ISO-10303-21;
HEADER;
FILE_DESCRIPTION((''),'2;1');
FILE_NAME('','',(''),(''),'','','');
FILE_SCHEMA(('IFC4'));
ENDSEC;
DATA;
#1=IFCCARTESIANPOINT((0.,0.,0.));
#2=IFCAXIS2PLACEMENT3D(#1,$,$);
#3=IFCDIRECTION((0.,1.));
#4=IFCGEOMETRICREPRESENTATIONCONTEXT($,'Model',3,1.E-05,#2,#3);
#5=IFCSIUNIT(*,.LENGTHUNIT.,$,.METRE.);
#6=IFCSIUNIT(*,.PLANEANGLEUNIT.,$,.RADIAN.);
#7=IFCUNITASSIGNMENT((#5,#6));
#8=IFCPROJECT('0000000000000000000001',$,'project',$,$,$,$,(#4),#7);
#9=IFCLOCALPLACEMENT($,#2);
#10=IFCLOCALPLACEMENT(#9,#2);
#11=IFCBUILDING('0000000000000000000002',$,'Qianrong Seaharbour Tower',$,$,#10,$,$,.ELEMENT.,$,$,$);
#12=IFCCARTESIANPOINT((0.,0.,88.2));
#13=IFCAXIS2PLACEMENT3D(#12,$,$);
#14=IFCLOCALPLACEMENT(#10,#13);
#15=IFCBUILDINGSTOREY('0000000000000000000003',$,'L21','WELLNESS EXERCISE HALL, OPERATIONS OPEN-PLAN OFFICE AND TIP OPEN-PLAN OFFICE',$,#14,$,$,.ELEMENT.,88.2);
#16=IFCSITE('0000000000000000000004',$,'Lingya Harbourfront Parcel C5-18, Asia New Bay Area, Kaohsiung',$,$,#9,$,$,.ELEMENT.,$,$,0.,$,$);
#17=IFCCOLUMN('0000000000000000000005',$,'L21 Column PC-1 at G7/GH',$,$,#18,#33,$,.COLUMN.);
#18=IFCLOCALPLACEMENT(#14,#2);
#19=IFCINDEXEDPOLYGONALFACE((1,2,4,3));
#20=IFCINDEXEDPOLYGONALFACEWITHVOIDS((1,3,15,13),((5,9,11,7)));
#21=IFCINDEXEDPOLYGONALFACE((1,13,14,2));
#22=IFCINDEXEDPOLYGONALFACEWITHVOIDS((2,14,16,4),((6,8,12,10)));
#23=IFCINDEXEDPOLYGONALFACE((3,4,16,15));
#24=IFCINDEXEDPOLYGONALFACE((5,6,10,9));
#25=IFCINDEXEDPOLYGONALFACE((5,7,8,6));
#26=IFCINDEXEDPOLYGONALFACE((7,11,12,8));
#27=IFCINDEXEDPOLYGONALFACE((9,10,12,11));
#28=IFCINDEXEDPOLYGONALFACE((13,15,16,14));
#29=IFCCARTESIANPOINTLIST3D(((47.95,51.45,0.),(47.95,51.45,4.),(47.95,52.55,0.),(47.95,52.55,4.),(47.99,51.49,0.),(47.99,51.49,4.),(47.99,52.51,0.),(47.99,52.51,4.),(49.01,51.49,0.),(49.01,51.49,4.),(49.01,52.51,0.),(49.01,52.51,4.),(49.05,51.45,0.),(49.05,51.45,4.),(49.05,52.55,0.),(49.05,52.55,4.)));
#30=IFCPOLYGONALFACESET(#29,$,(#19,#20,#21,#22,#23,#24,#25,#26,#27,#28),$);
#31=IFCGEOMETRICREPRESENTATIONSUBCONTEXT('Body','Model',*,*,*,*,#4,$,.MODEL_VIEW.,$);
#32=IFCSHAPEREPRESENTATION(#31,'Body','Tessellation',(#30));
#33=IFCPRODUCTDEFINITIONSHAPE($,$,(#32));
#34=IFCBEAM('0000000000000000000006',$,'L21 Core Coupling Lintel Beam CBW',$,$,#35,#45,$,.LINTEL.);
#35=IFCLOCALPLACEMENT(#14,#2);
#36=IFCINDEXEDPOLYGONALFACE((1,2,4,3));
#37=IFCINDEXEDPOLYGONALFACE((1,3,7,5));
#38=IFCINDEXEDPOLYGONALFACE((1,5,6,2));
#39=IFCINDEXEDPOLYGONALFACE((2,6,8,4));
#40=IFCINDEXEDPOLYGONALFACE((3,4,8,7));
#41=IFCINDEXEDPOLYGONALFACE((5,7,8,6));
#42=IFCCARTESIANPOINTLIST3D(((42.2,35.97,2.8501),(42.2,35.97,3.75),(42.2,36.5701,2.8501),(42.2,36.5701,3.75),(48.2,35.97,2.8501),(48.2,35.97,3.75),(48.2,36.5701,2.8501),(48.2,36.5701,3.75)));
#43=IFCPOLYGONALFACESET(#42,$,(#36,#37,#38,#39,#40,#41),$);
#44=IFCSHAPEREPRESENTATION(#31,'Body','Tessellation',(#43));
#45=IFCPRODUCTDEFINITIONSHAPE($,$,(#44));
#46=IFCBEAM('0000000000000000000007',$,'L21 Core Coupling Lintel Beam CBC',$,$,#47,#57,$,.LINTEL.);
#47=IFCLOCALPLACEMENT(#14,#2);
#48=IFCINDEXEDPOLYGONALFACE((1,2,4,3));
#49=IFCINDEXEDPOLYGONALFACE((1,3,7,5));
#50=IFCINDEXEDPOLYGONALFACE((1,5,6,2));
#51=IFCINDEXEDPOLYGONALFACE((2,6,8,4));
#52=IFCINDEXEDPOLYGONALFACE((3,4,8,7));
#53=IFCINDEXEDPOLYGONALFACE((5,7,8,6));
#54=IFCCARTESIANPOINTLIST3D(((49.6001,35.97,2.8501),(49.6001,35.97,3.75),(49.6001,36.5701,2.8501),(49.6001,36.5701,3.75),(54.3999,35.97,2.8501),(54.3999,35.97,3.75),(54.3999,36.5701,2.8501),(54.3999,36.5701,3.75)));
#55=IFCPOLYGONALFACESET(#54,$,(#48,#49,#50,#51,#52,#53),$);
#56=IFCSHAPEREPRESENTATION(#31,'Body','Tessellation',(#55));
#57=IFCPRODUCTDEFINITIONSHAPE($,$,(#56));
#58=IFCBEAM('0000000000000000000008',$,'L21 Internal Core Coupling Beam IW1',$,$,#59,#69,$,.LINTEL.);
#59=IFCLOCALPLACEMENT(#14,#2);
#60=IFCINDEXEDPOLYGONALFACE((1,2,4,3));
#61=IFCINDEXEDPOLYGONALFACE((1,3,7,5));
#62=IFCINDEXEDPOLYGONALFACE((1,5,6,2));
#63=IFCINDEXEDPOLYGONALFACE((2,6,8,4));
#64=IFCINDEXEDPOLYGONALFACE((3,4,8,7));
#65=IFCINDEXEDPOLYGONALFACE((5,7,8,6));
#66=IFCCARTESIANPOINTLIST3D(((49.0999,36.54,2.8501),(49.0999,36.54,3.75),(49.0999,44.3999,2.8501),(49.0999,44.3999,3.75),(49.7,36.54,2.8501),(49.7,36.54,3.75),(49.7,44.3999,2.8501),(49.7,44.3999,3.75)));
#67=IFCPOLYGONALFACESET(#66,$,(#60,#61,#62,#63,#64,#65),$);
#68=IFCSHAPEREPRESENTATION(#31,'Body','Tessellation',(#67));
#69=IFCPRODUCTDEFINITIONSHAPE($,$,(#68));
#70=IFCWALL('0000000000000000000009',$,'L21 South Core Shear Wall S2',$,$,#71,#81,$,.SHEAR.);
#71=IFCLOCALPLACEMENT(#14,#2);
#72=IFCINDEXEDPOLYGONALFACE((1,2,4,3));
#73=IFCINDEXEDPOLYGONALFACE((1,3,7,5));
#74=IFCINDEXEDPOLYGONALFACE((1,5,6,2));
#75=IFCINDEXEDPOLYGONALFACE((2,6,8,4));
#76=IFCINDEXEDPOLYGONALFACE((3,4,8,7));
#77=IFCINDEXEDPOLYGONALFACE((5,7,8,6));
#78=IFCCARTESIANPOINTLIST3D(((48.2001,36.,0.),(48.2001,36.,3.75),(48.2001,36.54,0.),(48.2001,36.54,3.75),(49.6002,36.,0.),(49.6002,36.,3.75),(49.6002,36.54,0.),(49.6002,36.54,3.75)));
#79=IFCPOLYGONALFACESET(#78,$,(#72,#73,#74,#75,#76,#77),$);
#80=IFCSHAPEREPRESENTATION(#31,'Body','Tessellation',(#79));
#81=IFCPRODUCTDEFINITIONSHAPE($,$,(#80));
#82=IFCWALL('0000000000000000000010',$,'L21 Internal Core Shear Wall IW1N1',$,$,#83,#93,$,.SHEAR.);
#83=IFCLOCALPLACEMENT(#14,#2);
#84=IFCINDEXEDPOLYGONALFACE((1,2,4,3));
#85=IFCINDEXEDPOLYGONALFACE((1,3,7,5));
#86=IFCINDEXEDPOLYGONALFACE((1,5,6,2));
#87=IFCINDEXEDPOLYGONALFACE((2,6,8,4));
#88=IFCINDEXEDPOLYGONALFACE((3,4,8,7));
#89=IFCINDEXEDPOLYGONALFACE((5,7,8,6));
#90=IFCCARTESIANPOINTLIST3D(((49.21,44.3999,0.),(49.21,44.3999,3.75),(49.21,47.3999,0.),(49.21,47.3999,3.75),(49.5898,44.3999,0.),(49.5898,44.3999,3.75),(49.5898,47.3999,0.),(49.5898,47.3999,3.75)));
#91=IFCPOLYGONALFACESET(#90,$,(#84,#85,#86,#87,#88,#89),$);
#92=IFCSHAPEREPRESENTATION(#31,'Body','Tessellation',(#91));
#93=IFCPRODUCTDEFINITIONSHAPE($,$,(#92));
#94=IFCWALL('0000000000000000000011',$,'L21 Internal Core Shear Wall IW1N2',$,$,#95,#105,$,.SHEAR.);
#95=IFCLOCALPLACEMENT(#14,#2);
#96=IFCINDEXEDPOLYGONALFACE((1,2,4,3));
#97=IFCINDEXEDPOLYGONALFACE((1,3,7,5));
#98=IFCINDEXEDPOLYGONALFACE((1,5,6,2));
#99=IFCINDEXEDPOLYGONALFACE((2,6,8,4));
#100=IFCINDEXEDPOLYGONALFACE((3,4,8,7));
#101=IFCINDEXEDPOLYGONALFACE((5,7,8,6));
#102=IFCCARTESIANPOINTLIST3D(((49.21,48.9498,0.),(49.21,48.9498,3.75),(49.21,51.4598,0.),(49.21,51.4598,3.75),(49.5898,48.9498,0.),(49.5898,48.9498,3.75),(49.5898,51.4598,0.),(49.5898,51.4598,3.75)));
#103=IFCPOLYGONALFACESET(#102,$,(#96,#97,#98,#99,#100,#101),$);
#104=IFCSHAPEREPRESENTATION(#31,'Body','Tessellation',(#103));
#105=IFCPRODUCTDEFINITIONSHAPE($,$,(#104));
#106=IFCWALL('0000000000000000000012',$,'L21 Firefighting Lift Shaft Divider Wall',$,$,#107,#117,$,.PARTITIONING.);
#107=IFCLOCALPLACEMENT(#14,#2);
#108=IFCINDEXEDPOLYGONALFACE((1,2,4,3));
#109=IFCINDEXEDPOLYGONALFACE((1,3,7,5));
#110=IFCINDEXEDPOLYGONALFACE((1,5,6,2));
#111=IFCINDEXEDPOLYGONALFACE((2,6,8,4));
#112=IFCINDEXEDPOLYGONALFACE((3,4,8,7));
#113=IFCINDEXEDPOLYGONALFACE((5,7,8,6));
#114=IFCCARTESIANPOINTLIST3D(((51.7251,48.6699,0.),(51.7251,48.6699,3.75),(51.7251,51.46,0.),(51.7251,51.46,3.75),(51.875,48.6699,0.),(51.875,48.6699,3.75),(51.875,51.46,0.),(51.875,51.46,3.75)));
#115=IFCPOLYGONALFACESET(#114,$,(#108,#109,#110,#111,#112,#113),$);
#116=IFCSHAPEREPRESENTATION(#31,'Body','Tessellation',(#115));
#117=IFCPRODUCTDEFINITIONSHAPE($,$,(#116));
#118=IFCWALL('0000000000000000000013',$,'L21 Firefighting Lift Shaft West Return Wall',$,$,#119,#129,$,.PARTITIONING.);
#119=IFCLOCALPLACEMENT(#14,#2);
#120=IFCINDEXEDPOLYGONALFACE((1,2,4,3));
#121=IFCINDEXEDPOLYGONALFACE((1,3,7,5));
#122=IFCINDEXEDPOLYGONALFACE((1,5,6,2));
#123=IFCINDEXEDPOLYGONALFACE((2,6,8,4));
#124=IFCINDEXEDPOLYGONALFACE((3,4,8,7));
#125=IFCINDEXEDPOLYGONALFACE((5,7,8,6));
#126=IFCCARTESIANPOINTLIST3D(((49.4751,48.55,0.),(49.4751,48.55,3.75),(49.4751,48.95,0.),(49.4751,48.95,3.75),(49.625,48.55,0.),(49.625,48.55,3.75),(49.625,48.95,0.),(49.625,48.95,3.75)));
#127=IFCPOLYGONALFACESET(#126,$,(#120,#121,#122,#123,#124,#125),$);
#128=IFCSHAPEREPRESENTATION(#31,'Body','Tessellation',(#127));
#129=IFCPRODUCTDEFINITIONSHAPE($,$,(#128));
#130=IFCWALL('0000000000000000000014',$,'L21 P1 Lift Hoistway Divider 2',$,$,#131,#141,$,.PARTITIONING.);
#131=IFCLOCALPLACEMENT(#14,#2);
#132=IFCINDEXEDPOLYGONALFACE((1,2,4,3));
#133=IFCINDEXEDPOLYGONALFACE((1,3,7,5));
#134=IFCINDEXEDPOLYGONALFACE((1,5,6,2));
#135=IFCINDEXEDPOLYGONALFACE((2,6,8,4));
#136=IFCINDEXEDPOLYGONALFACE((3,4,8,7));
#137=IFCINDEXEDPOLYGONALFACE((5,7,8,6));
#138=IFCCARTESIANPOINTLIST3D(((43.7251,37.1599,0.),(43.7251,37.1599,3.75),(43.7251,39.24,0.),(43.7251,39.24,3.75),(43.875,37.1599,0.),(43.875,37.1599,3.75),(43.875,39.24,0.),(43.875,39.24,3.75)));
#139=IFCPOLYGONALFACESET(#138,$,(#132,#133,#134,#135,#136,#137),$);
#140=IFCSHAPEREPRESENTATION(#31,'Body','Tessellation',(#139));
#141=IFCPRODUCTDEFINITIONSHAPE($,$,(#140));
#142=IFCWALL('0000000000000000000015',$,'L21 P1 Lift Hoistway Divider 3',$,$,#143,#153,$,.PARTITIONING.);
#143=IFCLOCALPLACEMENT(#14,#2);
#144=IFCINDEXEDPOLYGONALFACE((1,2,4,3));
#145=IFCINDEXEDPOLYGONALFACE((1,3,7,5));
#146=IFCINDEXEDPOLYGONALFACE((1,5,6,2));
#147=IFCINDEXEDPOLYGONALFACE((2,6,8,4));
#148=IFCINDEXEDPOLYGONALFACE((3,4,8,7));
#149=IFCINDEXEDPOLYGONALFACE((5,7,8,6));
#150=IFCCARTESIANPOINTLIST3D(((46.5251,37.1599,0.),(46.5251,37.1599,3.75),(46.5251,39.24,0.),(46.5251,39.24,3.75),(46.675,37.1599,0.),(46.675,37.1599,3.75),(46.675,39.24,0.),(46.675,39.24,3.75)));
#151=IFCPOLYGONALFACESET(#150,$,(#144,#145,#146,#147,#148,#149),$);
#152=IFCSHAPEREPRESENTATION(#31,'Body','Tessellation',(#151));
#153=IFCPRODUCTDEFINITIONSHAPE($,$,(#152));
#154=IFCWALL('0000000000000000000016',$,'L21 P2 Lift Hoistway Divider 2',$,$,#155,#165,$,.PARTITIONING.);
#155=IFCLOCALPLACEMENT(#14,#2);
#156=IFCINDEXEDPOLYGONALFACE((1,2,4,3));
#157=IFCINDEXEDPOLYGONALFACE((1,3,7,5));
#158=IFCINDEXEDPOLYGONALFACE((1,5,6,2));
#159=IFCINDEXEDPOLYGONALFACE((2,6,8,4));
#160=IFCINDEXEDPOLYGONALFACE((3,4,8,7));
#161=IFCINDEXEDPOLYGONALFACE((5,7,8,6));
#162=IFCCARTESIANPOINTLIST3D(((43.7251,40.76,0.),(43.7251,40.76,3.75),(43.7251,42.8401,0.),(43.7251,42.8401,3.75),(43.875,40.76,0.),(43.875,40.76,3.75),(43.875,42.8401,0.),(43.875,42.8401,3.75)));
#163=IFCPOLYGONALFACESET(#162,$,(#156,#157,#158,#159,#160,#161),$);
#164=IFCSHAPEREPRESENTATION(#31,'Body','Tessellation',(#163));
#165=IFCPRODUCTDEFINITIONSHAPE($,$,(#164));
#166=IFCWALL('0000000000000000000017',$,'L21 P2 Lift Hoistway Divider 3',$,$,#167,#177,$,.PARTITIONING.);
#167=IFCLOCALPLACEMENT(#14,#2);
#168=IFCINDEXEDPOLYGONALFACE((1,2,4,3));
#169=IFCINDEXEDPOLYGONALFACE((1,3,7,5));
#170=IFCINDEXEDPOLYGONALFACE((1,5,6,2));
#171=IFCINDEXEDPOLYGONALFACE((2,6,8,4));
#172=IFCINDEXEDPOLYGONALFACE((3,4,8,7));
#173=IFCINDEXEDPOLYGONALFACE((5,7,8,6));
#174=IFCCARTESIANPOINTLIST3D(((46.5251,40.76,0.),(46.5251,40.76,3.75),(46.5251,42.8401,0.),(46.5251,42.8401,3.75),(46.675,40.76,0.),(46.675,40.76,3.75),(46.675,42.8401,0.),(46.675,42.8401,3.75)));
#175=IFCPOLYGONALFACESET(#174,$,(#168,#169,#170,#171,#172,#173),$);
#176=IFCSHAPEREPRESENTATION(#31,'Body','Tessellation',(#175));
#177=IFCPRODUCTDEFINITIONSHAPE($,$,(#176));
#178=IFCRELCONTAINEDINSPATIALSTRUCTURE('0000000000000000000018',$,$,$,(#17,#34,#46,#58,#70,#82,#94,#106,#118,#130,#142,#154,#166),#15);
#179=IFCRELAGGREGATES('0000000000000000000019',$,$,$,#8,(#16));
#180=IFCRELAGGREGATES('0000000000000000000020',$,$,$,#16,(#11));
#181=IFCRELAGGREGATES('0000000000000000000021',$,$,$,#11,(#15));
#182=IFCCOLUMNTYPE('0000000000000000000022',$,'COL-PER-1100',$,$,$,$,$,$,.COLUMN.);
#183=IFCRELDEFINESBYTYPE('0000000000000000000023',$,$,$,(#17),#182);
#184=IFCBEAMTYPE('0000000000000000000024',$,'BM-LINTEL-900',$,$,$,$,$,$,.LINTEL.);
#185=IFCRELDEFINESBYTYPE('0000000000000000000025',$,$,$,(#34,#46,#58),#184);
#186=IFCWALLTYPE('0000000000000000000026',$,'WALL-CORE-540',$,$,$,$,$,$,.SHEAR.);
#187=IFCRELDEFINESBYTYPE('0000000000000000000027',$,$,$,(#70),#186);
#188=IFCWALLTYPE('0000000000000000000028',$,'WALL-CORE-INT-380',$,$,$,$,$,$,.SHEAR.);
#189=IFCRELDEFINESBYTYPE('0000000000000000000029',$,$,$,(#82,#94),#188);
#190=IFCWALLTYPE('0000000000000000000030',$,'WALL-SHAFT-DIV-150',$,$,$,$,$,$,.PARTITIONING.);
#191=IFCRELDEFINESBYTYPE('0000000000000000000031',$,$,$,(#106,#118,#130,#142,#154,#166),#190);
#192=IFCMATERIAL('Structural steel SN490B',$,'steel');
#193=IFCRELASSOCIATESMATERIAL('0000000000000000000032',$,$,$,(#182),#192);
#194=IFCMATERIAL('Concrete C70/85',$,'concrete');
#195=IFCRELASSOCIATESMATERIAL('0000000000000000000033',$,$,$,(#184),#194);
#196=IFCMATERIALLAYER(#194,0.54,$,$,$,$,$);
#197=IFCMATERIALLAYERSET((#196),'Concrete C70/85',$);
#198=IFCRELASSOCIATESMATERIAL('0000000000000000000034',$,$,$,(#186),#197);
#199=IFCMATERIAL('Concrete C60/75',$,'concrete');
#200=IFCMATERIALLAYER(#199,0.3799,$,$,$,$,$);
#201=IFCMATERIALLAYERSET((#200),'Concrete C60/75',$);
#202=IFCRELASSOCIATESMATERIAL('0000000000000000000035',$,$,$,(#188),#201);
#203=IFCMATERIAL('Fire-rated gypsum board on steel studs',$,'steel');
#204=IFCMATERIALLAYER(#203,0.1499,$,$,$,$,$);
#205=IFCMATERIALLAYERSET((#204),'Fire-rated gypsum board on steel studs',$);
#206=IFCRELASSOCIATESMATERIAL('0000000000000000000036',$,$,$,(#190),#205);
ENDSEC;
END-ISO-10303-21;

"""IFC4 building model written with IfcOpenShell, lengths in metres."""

from ifc_helpers import new_model, si_unit, direction, frame, frame_2d, origin, origin_2d, place, context, subcontext, project, spatial, rectangle, hollow_rectangle, extrude, material, layer, layer_set, material_profile, profile_set, type_object, element, save


model = new_model("IFC4")

# Units and contexts
model_context = context("Model", 3, precision=1e-05, world=origin(), true_north=direction((0.0, 1.0)))
body_context = subcontext(model_context, "Body", "Model", "MODEL_VIEW")
ifc_project = project(units=[si_unit("LENGTHUNIT", "METRE"), si_unit("PLANEANGLEUNIT", "RADIAN")], contexts=[model_context])

# Site, building, storey
site_placement = place(None, origin())
site = spatial("IfcSite", under=ifc_project, at=site_placement, Name="Lingya Harbourfront Parcel C5-18, Asia New Bay Area, Kaohsiung", CompositionType="ELEMENT", RefElevation=0.0)
building_placement = place(site_placement, origin())
building = spatial("IfcBuilding", under=site, at=building_placement, Name="Qianrong Seaharbour Tower", CompositionType="ELEMENT")
storey_placement = place(building_placement, frame((0.0, 0.0, 88.2)))
storey = spatial("IfcBuildingStorey", under=building, at=storey_placement, Name="L21", Description="WELLNESS EXERCISE HALL, OPERATIONS OPEN-PLAN OFFICE AND TIP OPEN-PLAN OFFICE", CompositionType="ELEMENT", Elevation=88.2)

# Column
ifc_material_1 = material(Name="Structural steel SN490B", Category="steel")
ifc_material_profile_1 = material_profile(ifc_material_1, hollow_rectangle(XDim=1.1001, YDim=1.1001, WallThickness=0.04, at=origin_2d()), Name="BOX1100x1100x40")
ifc_profile_set_1 = profile_set([ifc_material_profile_1], Name="Structural steel SN490B")
column_type = type_object("IfcColumnType", Name="COL-PER-1100", PredefinedType="COLUMN", material=ifc_profile_set_1)
column_placement = place(storey_placement, frame((48.5, 52.0, 0.0), z_axis=(0.0, 0.0, 1.0), x_axis=(1.0, 0.0, 0.0)))
element("IfcColumn", 1, at=column_placement, inside=storey, type_object=column_type, Name="L21 Column PC-1 at G7/GH", PredefinedType="COLUMN", context=body_context, shape_type="SweptSolid", body=[
    extrude(hollow_rectangle(XDim=1.1001, YDim=1.1001, WallThickness=0.04, at=origin_2d()), origin(), (0.0, 0.0, 1.0), 4.0),
])

# Beams
ifc_material_2 = material(Name="Concrete C70/85", Category="concrete")
ifc_material_profile_2 = material_profile(ifc_material_2, rectangle(XDim=0.6001, YDim=0.8999, at=origin_2d()), Name="RC600x900")
ifc_profile_set_2 = profile_set([ifc_material_profile_2], Name="Concrete C70/85")
beam_type = type_object("IfcBeamType", Name="BM-LINTEL-900", PredefinedType="LINTEL", material=ifc_profile_set_2)
beam_1_placement = place(storey_placement, frame((42.2, 36.27, 3.3), z_axis=(1.0, 0.0, 0.0), x_axis=(0.0, 1.0, 0.0)))
element("IfcBeam", 2, at=beam_1_placement, inside=storey, type_object=beam_type, Name="L21 Core Coupling Lintel Beam CBW", PredefinedType="LINTEL", context=body_context, shape_type="SweptSolid", body=[
    extrude(rectangle(XDim=0.6001, YDim=0.8999, at=origin_2d()), origin(), (0.0, 0.0, 1.0), 6.0),
])
beam_2_placement = place(storey_placement, frame((49.6001, 36.27, 3.3), z_axis=(1.0, 0.0, 0.0), x_axis=(0.0, 1.0, 0.0)))
element("IfcBeam", 3, at=beam_2_placement, inside=storey, type_object=beam_type, Name="L21 Core Coupling Lintel Beam CBC", PredefinedType="LINTEL", context=body_context, shape_type="SweptSolid", body=[
    extrude(rectangle(XDim=0.6001, YDim=0.8999, at=origin_2d()), origin(), (0.0, 0.0, 1.0), 4.7998),
])
beam_3_placement = place(storey_placement, frame((49.3999, 36.54, 3.3), z_axis=(0.0, 1.0, 0.0), x_axis=(-1.0, 0.0, 0.0)))
element("IfcBeam", 4, at=beam_3_placement, inside=storey, type_object=beam_type, Name="L21 Internal Core Coupling Beam IW1", PredefinedType="LINTEL", context=body_context, shape_type="SweptSolid", body=[
    extrude(rectangle(XDim=0.6001, YDim=0.8999, at=origin_2d()), origin(), (0.0, 0.0, 1.0), 7.8599),
])

# Walls
ifc_layer_1 = layer(ifc_material_2, 0.54)
ifc_layer_set_1 = layer_set([ifc_layer_1], Name="Concrete C70/85")
wall_type_1 = type_object("IfcWallType", Name="WALL-CORE-540", PredefinedType="SHEAR", material=ifc_layer_set_1)
wall_1_placement = place(storey_placement, frame((48.2, 36.27, 0.0), z_axis=(0.0, 0.0, 1.0), x_axis=(1.0, 0.0, 0.0)))
element("IfcWall", 5, at=wall_1_placement, inside=storey, type_object=wall_type_1, Name="L21 South Core Shear Wall S2", PredefinedType="SHEAR", context=body_context, shape_type="SweptSolid", body=[
    extrude(rectangle(XDim=1.4001, YDim=0.54, at=frame_2d((0.7002, 0.0))), origin(), (0.0, 0.0, 1.0), 3.75),
])
ifc_material_3 = material(Name="Concrete C60/75", Category="concrete")
ifc_layer_2 = layer(ifc_material_3, 0.3799)
ifc_layer_set_2 = layer_set([ifc_layer_2], Name="Concrete C60/75")
wall_type_2 = type_object("IfcWallType", Name="WALL-CORE-INT-380", PredefinedType="SHEAR", material=ifc_layer_set_2)
wall_2_placement = place(storey_placement, frame((49.3999, 44.3999, 0.0), z_axis=(0.0, 0.0, 1.0), x_axis=(0.0, 1.0, 0.0)))
element("IfcWall", 6, at=wall_2_placement, inside=storey, type_object=wall_type_2, Name="L21 Internal Core Shear Wall IW1N1", PredefinedType="SHEAR", context=body_context, shape_type="SweptSolid", body=[
    extrude(rectangle(XDim=3.0, YDim=0.3799, at=frame_2d((1.5, 0.0))), origin(), (0.0, 0.0, 1.0), 3.75),
])
wall_3_placement = place(storey_placement, frame((49.3999, 48.95, 0.0), z_axis=(0.0, 0.0, 1.0), x_axis=(0.0, 1.0, 0.0)))
element("IfcWall", 7, at=wall_3_placement, inside=storey, type_object=wall_type_2, Name="L21 Internal Core Shear Wall IW1N2", PredefinedType="SHEAR", context=body_context, shape_type="SweptSolid", body=[
    extrude(rectangle(XDim=2.51, YDim=0.3799, at=frame_2d((1.2549, 0.0))), origin(), (0.0, 0.0, 1.0), 3.75),
])

# Walls
ifc_material_4 = material(Name="Fire-rated gypsum board on steel studs", Category="steel")
ifc_layer_3 = layer(ifc_material_4, 0.1499)
ifc_layer_set_3 = layer_set([ifc_layer_3], Name="Fire-rated gypsum board on steel studs")
wall_type_3 = type_object("IfcWallType", Name="WALL-SHAFT-DIV-150", PredefinedType="PARTITIONING", material=ifc_layer_set_3)
wall_4_placement = place(storey_placement, frame((51.8, 48.6699, 0.0), z_axis=(0.0, 0.0, 1.0), x_axis=(0.0, 1.0, 0.0)))
element("IfcWall", 8, at=wall_4_placement, inside=storey, type_object=wall_type_3, Name="L21 Firefighting Lift Shaft Divider Wall", PredefinedType="PARTITIONING", context=body_context, shape_type="SweptSolid", body=[
    extrude(rectangle(XDim=2.79, YDim=0.1499, at=frame_2d((1.395, 0.0))), origin(), (0.0, 0.0, 1.0), 3.75),
])
wall_5_placement = place(storey_placement, frame((49.55, 48.55, 0.0), z_axis=(0.0, 0.0, 1.0), x_axis=(0.0, 1.0, 0.0)))
element("IfcWall", 9, at=wall_5_placement, inside=storey, type_object=wall_type_3, Name="L21 Firefighting Lift Shaft West Return Wall", PredefinedType="PARTITIONING", context=body_context, shape_type="SweptSolid", body=[
    extrude(rectangle(XDim=0.3999, YDim=0.1499, at=frame_2d((0.2, 0.0))), origin(), (0.0, 0.0, 1.0), 3.75),
])
for number, where, z_axis, x_axis, name in (
    (10, (43.8, 37.1599, 0.0), (0.0, 0.0, 1.0), (0.0, 1.0, 0.0), "L21 P1 Lift Hoistway Divider 2"),
    (11, (46.6001, 37.1599, 0.0), (0.0, 0.0, 1.0), (0.0, 1.0, 0.0), "L21 P1 Lift Hoistway Divider 3"),
    (12, (43.8, 40.76, 0.0), (0.0, 0.0, 1.0), (0.0, 1.0, 0.0), "L21 P2 Lift Hoistway Divider 2"),
    (13, (46.6001, 40.76, 0.0), (0.0, 0.0, 1.0), (0.0, 1.0, 0.0), "L21 P2 Lift Hoistway Divider 3"),
):
    element("IfcWall", number, at=place(storey_placement, frame(where, z_axis=z_axis, x_axis=x_axis)), inside=storey, type_object=wall_type_3, Name=name, PredefinedType="PARTITIONING", context=body_context, shape_type="SweptSolid", body=[
        extrude(rectangle(XDim=2.0801, YDim=0.1499, at=frame_2d((1.04, 0.0))), origin(), (0.0, 0.0, 1.0), 3.75),
    ])

save(model, "model.ifc")
